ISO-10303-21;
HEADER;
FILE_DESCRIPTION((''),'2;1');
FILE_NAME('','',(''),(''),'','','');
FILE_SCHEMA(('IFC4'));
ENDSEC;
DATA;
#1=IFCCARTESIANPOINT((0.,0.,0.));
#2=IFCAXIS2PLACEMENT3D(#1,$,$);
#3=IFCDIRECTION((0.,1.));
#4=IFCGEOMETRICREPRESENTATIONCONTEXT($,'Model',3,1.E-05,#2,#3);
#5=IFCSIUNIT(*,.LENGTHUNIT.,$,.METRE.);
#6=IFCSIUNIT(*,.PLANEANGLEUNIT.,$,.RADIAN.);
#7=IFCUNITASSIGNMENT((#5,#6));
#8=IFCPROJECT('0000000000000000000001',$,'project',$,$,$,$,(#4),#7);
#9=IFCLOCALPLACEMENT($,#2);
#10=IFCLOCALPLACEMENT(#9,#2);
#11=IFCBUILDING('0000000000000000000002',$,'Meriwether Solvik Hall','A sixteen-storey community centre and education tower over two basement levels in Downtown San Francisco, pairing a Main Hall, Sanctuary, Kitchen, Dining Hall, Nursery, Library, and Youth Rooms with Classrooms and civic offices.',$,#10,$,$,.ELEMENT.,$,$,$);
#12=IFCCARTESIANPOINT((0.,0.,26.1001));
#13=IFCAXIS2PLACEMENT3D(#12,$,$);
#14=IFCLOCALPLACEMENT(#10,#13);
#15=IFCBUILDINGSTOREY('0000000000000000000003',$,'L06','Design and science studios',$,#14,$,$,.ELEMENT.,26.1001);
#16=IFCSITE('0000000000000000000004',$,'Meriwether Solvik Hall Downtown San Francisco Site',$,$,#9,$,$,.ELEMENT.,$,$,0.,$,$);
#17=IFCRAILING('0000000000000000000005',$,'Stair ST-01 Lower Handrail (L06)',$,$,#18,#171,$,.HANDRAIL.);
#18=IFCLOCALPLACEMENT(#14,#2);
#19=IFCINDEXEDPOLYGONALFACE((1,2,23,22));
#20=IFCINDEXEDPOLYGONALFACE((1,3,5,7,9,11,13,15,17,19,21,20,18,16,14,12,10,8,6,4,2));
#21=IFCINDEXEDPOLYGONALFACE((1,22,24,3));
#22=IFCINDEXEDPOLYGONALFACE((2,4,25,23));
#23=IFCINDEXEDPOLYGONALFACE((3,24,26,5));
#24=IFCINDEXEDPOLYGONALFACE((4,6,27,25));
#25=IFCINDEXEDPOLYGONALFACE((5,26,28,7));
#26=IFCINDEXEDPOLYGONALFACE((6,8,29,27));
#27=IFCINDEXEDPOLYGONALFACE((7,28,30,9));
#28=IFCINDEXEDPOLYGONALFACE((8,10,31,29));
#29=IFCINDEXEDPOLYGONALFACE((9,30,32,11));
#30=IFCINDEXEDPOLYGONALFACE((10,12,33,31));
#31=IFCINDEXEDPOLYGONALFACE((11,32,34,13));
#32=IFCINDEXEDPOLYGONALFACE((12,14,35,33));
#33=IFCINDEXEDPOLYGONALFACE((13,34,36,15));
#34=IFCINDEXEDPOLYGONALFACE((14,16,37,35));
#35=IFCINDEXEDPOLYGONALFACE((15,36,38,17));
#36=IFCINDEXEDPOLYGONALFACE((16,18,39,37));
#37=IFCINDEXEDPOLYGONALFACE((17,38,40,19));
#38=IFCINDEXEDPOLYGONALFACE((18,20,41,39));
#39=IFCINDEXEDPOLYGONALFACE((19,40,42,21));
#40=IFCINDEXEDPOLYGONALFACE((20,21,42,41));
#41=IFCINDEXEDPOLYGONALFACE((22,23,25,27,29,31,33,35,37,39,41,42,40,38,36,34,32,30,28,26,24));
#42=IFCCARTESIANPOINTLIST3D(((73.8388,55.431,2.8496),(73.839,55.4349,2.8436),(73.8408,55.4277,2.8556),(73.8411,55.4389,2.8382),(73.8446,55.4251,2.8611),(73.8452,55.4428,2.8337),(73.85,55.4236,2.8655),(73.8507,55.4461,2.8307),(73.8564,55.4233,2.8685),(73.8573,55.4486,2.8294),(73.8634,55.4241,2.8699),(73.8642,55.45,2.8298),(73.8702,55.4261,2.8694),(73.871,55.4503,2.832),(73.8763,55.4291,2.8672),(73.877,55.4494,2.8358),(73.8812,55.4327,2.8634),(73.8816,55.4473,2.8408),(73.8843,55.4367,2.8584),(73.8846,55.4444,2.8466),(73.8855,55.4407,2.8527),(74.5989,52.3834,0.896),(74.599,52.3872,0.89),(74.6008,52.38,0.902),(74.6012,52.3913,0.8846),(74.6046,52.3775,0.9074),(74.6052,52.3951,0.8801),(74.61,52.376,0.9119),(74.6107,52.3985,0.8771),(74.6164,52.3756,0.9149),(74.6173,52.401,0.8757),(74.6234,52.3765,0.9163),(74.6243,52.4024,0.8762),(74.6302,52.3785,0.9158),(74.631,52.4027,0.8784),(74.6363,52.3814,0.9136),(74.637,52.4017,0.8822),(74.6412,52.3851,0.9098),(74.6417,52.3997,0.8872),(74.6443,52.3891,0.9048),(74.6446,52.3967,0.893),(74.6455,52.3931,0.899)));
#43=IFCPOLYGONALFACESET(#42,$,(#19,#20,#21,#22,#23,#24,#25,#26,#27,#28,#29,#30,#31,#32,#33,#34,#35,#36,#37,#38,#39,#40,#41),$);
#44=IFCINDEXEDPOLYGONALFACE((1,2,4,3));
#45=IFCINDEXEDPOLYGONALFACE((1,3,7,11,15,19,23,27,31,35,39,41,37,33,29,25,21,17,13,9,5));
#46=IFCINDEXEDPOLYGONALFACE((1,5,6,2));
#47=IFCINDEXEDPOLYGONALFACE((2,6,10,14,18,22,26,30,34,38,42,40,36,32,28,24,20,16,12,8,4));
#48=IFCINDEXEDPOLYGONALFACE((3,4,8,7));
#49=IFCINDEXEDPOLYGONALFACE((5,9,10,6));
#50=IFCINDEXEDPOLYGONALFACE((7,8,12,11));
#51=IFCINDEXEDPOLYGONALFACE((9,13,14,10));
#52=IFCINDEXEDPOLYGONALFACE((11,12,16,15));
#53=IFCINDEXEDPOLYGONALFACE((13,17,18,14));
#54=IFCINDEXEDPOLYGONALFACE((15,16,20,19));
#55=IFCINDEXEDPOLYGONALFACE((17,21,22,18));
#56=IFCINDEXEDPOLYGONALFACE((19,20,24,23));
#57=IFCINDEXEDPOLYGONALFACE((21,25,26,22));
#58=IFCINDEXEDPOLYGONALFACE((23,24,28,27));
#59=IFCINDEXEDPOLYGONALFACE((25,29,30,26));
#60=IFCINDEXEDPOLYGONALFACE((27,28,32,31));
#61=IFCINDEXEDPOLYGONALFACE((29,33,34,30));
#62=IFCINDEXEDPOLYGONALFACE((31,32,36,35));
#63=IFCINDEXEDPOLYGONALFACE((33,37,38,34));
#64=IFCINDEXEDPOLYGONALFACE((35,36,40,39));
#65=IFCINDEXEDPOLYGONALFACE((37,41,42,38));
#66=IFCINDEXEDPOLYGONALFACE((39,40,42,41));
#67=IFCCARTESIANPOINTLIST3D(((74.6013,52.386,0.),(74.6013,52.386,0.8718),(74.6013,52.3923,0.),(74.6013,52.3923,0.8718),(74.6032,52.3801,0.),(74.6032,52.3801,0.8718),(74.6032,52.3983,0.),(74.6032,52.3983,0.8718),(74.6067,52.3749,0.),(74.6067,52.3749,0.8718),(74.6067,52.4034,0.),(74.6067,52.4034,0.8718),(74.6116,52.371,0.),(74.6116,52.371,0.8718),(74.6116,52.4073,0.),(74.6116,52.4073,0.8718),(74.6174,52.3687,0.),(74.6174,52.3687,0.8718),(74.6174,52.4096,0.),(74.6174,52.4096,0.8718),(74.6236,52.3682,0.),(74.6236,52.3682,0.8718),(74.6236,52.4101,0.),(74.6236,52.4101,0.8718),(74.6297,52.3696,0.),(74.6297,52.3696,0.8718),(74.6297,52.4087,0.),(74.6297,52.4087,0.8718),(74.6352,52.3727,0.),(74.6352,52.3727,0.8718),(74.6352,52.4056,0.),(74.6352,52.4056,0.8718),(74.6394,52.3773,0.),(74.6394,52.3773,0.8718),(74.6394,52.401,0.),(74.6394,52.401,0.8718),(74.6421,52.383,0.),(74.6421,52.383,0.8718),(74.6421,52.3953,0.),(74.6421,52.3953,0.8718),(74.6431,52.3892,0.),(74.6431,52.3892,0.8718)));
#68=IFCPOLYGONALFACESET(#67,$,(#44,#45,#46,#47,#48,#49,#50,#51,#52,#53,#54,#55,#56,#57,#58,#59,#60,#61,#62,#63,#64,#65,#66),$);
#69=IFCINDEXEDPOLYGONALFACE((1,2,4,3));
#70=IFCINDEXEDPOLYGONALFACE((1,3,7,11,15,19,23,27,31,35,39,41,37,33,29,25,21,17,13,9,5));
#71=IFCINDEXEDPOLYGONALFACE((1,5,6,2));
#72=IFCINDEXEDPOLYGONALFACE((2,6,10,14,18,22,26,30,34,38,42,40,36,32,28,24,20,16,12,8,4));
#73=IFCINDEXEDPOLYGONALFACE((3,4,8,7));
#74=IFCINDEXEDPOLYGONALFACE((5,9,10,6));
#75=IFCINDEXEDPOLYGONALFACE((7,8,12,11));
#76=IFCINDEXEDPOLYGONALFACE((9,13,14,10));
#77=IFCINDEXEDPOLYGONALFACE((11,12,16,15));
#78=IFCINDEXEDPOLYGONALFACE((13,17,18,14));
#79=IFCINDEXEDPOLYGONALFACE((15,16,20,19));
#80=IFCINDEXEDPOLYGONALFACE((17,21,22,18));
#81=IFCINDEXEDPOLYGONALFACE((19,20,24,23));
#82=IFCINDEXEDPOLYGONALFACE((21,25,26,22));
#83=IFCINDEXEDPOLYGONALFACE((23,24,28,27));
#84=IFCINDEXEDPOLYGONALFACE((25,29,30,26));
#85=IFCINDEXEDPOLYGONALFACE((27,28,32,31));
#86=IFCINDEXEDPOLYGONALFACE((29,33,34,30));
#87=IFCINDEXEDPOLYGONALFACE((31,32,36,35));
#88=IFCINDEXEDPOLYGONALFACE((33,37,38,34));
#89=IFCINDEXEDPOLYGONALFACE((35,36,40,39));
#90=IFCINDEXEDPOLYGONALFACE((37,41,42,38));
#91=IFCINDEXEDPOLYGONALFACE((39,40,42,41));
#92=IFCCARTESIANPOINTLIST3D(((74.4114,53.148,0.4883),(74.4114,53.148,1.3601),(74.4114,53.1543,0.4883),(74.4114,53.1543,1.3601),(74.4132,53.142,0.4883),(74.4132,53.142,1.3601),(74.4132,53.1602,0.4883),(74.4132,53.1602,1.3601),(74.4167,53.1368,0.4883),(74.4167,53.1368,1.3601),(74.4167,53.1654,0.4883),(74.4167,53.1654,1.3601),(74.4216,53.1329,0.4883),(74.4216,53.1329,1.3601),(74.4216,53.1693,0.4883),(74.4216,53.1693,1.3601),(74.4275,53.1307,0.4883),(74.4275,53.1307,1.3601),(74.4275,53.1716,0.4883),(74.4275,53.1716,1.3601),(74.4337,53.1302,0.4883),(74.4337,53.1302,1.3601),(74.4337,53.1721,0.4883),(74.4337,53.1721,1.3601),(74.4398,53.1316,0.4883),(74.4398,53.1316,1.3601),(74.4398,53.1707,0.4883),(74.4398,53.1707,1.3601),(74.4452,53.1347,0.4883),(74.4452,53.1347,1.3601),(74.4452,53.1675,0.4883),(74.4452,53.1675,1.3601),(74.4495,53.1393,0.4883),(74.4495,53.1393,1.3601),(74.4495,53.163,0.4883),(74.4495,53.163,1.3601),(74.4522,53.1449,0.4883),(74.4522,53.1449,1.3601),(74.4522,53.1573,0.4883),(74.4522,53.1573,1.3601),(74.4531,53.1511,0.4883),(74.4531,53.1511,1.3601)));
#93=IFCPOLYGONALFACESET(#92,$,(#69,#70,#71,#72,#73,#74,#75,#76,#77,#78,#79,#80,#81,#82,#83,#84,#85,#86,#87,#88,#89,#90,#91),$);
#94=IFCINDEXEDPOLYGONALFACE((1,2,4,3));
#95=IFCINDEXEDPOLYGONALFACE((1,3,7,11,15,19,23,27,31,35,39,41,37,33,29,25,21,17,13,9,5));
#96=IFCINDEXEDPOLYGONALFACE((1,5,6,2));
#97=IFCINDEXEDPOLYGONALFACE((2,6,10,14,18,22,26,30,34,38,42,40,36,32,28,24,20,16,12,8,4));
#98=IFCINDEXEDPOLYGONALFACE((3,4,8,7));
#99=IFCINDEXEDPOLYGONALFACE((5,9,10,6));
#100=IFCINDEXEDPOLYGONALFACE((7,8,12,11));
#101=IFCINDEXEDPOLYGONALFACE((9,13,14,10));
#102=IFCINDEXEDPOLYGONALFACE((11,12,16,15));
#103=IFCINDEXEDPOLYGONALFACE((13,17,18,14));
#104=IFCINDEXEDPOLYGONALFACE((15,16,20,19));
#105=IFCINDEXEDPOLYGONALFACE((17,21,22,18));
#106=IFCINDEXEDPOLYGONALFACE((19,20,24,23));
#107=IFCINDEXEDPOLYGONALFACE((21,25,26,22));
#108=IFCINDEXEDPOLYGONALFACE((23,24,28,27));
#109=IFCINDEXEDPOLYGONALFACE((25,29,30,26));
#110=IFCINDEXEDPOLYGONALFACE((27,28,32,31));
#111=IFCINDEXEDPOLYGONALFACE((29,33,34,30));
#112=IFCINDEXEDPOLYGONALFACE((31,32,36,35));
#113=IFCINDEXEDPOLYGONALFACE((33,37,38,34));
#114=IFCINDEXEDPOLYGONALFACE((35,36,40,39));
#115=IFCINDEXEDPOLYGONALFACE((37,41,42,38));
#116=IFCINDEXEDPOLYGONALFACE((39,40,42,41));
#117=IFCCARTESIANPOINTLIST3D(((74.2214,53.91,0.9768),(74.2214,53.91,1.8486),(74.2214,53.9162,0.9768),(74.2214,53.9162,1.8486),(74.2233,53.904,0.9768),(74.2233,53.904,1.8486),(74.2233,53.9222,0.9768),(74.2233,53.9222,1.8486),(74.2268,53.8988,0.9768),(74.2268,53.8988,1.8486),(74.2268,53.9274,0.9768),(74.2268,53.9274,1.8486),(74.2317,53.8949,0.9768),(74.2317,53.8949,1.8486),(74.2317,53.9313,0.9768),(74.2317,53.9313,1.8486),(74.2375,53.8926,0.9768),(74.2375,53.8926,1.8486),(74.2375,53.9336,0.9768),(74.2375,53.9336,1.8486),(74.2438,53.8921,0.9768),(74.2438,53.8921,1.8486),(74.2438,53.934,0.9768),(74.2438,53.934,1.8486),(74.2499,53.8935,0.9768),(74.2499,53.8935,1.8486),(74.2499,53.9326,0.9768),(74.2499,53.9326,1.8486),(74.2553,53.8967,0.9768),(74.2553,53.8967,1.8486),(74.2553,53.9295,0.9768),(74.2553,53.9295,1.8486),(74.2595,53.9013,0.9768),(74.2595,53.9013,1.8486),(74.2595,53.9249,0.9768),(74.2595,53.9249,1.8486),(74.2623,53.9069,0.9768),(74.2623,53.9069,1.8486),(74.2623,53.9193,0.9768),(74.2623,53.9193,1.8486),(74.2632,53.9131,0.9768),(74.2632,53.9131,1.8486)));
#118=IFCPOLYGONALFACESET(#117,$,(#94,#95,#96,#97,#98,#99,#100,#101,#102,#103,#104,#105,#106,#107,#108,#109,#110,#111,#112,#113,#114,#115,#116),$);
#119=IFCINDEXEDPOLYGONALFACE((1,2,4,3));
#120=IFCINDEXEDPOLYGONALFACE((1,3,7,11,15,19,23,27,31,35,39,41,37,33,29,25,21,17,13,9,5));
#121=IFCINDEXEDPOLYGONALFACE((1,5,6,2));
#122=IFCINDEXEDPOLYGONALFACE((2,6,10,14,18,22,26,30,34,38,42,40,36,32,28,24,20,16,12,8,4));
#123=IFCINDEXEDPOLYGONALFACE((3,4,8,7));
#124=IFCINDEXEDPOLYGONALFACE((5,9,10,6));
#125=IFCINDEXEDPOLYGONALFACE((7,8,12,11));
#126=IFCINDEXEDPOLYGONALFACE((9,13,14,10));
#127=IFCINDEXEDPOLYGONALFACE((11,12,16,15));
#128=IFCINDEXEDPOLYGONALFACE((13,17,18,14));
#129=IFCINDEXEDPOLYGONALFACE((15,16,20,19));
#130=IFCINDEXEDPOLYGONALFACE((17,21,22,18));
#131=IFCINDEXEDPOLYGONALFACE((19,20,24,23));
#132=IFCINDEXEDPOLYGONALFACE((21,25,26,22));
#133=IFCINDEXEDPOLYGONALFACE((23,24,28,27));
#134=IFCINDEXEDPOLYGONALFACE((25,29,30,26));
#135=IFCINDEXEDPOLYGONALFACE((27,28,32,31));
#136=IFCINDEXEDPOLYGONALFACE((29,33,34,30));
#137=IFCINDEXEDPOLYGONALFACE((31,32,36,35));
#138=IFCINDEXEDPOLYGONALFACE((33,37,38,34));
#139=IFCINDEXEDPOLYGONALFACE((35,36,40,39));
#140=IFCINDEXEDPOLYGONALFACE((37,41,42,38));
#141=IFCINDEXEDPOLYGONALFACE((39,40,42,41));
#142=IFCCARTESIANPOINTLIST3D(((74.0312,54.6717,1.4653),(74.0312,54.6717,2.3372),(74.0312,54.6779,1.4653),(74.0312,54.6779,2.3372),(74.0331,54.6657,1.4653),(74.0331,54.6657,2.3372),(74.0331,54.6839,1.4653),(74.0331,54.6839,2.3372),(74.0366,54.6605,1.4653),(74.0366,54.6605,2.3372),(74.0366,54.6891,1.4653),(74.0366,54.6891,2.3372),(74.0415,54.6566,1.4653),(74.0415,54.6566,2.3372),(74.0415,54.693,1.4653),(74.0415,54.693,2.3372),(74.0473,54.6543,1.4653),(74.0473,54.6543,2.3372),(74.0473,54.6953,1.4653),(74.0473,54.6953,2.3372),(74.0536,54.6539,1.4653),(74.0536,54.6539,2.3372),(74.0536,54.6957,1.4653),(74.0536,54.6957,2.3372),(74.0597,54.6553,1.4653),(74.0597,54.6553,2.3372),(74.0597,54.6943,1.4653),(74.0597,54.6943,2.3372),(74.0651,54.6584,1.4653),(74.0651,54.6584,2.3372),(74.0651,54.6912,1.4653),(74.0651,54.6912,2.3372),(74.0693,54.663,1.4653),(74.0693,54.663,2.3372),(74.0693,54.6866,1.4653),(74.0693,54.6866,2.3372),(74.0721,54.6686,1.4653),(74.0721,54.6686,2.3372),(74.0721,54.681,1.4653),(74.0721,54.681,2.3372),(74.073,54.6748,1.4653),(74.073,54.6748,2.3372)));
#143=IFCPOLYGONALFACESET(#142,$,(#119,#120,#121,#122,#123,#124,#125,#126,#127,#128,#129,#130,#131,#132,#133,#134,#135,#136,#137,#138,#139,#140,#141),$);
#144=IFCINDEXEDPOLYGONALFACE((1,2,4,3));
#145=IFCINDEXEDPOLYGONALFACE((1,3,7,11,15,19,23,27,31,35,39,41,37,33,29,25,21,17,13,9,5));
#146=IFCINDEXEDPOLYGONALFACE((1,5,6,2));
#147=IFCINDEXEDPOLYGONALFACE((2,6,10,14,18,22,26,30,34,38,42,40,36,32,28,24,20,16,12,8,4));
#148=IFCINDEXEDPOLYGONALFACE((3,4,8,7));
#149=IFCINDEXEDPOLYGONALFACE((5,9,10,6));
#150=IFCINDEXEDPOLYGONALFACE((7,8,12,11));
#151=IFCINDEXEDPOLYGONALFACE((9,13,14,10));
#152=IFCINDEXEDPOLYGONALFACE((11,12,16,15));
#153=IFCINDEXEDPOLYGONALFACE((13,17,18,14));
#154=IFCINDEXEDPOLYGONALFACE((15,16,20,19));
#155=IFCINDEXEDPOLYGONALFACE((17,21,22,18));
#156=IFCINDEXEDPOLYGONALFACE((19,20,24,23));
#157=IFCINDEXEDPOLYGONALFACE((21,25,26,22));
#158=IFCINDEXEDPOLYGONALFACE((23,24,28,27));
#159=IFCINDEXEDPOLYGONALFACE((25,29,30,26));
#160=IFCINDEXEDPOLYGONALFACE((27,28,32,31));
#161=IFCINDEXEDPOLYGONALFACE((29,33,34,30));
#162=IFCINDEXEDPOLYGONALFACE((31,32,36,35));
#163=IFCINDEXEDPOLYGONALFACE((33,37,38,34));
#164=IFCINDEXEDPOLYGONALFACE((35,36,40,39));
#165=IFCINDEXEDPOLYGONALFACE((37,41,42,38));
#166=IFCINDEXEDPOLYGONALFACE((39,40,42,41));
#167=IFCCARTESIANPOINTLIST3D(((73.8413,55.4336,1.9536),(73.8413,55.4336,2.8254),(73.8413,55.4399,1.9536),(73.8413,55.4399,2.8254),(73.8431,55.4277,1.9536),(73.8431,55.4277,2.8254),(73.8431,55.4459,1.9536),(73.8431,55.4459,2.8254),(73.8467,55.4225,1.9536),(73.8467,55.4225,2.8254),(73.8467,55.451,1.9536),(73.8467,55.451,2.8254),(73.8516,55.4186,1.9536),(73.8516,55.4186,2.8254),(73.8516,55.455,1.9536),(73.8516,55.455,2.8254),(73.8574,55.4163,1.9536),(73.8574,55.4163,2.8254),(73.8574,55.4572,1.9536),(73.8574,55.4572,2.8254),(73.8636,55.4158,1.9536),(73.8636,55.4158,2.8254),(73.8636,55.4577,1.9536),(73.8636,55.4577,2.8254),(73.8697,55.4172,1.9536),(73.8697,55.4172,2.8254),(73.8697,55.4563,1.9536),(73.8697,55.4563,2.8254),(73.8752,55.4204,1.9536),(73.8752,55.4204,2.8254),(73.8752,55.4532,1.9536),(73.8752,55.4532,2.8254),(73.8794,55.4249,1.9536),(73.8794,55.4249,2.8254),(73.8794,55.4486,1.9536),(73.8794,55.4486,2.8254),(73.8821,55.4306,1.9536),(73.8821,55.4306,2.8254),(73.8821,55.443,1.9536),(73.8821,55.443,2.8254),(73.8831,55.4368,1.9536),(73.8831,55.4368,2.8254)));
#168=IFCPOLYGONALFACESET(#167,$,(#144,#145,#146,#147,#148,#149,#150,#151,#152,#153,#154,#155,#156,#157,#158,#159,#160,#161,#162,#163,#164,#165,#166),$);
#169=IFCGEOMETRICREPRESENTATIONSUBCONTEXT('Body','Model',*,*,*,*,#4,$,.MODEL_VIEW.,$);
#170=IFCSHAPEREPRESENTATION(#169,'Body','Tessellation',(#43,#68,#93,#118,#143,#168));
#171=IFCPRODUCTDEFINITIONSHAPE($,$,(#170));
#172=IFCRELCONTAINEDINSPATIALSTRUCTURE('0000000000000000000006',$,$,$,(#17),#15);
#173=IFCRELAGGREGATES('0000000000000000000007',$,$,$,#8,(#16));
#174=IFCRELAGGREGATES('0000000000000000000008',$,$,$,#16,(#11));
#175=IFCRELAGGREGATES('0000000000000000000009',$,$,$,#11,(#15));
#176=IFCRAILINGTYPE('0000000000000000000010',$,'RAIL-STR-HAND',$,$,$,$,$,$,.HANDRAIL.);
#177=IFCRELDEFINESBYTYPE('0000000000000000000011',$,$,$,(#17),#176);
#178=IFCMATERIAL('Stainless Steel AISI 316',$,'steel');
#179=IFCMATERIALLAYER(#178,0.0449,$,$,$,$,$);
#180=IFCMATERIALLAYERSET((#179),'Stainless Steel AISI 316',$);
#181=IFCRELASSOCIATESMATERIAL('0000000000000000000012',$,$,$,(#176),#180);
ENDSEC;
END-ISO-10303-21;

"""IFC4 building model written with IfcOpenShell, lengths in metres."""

from ifc_helpers import new_model, si_unit, direction, frame, origin, origin_2d, place, context, subcontext, project, spatial, circle, extrude, material, layer, layer_set, type_object, element, save


model = new_model("IFC4")

# Units and contexts
model_context = context("Model", 3, precision=1e-05, world=origin(), true_north=direction((0.0, 1.0)))
body_context = subcontext(model_context, "Body", "Model", "MODEL_VIEW")
ifc_project = project(units=[si_unit("LENGTHUNIT", "METRE"), si_unit("PLANEANGLEUNIT", "RADIAN")], contexts=[model_context])

# Site, building, storey
site_placement = place(None, origin())
site = spatial("IfcSite", under=ifc_project, at=site_placement, Name="Meriwether Solvik Hall Downtown San Francisco Site", CompositionType="ELEMENT", RefElevation=0.0)
building_placement = place(site_placement, origin())
building = spatial("IfcBuilding", under=site, at=building_placement, Name="Meriwether Solvik Hall", Description="A sixteen-storey community centre and education tower over two basement levels in Downtown San Francisco, pairing a Main Hall, Sanctuary, Kitchen, Dining Hall, Nursery, Library, and Youth Rooms with Classrooms and civic offices.", CompositionType="ELEMENT")
storey_placement = place(building_placement, frame((0.0, 0.0, 26.1001)))
storey = spatial("IfcBuildingStorey", under=building, at=storey_placement, Name="L06", Description="Design and science studios", CompositionType="ELEMENT", Elevation=26.1001)

# Railing
ifc_material_1 = material(Name="Stainless Steel AISI 316", Category="steel")
ifc_layer_1 = layer(ifc_material_1, 0.0449)
ifc_layer_set_1 = layer_set([ifc_layer_1], Name="Stainless Steel AISI 316")
railing_type_1 = type_object("IfcRailingType", Name="RAIL-STR-HAND", PredefinedType="HANDRAIL", material=ifc_layer_set_1)
railing_1_placement = place(storey_placement, frame((74.6221, 52.3892, 0.0)))
element("IfcRailing", 1, at=railing_1_placement, inside=storey, type_object=railing_type_1, Name="Stair ST-01 Lower Handrail (L06)", PredefinedType="HANDRAIL", context=body_context, shape_type="SweptSolid", body=[
    extrude(circle(Radius=0.0239, at=origin_2d()), frame((0.0, 0.0, 0.896), z_axis=(-0.205467, 0.823915, 0.528155), x_axis=(-0.970284, -0.241969, 0.0)), (0.0, 0.0, 1.0), 3.699),
    extrude(circle(Radius=0.021, at=origin_2d()), origin(), (0.0, 0.0, 1.0), 0.8718),
    extrude(circle(Radius=0.021, at=origin_2d()), frame((-0.1899, 0.762, 0.4883)), (0.0, 0.0, 1.0), 0.8718),
    extrude(circle(Radius=0.021, at=origin_2d()), frame((-0.3799, 1.5239, 0.9768)), (0.0, 0.0, 1.0), 0.8718),
    extrude(circle(Radius=0.021, at=origin_2d()), frame((-0.5701, 2.2856, 1.4653)), (0.0, 0.0, 1.0), 0.8718),
    extrude(circle(Radius=0.021, at=origin_2d()), frame((-0.76, 3.0476, 1.9536)), (0.0, 0.0, 1.0), 0.8718),
])

save(model, "model.ifc")
